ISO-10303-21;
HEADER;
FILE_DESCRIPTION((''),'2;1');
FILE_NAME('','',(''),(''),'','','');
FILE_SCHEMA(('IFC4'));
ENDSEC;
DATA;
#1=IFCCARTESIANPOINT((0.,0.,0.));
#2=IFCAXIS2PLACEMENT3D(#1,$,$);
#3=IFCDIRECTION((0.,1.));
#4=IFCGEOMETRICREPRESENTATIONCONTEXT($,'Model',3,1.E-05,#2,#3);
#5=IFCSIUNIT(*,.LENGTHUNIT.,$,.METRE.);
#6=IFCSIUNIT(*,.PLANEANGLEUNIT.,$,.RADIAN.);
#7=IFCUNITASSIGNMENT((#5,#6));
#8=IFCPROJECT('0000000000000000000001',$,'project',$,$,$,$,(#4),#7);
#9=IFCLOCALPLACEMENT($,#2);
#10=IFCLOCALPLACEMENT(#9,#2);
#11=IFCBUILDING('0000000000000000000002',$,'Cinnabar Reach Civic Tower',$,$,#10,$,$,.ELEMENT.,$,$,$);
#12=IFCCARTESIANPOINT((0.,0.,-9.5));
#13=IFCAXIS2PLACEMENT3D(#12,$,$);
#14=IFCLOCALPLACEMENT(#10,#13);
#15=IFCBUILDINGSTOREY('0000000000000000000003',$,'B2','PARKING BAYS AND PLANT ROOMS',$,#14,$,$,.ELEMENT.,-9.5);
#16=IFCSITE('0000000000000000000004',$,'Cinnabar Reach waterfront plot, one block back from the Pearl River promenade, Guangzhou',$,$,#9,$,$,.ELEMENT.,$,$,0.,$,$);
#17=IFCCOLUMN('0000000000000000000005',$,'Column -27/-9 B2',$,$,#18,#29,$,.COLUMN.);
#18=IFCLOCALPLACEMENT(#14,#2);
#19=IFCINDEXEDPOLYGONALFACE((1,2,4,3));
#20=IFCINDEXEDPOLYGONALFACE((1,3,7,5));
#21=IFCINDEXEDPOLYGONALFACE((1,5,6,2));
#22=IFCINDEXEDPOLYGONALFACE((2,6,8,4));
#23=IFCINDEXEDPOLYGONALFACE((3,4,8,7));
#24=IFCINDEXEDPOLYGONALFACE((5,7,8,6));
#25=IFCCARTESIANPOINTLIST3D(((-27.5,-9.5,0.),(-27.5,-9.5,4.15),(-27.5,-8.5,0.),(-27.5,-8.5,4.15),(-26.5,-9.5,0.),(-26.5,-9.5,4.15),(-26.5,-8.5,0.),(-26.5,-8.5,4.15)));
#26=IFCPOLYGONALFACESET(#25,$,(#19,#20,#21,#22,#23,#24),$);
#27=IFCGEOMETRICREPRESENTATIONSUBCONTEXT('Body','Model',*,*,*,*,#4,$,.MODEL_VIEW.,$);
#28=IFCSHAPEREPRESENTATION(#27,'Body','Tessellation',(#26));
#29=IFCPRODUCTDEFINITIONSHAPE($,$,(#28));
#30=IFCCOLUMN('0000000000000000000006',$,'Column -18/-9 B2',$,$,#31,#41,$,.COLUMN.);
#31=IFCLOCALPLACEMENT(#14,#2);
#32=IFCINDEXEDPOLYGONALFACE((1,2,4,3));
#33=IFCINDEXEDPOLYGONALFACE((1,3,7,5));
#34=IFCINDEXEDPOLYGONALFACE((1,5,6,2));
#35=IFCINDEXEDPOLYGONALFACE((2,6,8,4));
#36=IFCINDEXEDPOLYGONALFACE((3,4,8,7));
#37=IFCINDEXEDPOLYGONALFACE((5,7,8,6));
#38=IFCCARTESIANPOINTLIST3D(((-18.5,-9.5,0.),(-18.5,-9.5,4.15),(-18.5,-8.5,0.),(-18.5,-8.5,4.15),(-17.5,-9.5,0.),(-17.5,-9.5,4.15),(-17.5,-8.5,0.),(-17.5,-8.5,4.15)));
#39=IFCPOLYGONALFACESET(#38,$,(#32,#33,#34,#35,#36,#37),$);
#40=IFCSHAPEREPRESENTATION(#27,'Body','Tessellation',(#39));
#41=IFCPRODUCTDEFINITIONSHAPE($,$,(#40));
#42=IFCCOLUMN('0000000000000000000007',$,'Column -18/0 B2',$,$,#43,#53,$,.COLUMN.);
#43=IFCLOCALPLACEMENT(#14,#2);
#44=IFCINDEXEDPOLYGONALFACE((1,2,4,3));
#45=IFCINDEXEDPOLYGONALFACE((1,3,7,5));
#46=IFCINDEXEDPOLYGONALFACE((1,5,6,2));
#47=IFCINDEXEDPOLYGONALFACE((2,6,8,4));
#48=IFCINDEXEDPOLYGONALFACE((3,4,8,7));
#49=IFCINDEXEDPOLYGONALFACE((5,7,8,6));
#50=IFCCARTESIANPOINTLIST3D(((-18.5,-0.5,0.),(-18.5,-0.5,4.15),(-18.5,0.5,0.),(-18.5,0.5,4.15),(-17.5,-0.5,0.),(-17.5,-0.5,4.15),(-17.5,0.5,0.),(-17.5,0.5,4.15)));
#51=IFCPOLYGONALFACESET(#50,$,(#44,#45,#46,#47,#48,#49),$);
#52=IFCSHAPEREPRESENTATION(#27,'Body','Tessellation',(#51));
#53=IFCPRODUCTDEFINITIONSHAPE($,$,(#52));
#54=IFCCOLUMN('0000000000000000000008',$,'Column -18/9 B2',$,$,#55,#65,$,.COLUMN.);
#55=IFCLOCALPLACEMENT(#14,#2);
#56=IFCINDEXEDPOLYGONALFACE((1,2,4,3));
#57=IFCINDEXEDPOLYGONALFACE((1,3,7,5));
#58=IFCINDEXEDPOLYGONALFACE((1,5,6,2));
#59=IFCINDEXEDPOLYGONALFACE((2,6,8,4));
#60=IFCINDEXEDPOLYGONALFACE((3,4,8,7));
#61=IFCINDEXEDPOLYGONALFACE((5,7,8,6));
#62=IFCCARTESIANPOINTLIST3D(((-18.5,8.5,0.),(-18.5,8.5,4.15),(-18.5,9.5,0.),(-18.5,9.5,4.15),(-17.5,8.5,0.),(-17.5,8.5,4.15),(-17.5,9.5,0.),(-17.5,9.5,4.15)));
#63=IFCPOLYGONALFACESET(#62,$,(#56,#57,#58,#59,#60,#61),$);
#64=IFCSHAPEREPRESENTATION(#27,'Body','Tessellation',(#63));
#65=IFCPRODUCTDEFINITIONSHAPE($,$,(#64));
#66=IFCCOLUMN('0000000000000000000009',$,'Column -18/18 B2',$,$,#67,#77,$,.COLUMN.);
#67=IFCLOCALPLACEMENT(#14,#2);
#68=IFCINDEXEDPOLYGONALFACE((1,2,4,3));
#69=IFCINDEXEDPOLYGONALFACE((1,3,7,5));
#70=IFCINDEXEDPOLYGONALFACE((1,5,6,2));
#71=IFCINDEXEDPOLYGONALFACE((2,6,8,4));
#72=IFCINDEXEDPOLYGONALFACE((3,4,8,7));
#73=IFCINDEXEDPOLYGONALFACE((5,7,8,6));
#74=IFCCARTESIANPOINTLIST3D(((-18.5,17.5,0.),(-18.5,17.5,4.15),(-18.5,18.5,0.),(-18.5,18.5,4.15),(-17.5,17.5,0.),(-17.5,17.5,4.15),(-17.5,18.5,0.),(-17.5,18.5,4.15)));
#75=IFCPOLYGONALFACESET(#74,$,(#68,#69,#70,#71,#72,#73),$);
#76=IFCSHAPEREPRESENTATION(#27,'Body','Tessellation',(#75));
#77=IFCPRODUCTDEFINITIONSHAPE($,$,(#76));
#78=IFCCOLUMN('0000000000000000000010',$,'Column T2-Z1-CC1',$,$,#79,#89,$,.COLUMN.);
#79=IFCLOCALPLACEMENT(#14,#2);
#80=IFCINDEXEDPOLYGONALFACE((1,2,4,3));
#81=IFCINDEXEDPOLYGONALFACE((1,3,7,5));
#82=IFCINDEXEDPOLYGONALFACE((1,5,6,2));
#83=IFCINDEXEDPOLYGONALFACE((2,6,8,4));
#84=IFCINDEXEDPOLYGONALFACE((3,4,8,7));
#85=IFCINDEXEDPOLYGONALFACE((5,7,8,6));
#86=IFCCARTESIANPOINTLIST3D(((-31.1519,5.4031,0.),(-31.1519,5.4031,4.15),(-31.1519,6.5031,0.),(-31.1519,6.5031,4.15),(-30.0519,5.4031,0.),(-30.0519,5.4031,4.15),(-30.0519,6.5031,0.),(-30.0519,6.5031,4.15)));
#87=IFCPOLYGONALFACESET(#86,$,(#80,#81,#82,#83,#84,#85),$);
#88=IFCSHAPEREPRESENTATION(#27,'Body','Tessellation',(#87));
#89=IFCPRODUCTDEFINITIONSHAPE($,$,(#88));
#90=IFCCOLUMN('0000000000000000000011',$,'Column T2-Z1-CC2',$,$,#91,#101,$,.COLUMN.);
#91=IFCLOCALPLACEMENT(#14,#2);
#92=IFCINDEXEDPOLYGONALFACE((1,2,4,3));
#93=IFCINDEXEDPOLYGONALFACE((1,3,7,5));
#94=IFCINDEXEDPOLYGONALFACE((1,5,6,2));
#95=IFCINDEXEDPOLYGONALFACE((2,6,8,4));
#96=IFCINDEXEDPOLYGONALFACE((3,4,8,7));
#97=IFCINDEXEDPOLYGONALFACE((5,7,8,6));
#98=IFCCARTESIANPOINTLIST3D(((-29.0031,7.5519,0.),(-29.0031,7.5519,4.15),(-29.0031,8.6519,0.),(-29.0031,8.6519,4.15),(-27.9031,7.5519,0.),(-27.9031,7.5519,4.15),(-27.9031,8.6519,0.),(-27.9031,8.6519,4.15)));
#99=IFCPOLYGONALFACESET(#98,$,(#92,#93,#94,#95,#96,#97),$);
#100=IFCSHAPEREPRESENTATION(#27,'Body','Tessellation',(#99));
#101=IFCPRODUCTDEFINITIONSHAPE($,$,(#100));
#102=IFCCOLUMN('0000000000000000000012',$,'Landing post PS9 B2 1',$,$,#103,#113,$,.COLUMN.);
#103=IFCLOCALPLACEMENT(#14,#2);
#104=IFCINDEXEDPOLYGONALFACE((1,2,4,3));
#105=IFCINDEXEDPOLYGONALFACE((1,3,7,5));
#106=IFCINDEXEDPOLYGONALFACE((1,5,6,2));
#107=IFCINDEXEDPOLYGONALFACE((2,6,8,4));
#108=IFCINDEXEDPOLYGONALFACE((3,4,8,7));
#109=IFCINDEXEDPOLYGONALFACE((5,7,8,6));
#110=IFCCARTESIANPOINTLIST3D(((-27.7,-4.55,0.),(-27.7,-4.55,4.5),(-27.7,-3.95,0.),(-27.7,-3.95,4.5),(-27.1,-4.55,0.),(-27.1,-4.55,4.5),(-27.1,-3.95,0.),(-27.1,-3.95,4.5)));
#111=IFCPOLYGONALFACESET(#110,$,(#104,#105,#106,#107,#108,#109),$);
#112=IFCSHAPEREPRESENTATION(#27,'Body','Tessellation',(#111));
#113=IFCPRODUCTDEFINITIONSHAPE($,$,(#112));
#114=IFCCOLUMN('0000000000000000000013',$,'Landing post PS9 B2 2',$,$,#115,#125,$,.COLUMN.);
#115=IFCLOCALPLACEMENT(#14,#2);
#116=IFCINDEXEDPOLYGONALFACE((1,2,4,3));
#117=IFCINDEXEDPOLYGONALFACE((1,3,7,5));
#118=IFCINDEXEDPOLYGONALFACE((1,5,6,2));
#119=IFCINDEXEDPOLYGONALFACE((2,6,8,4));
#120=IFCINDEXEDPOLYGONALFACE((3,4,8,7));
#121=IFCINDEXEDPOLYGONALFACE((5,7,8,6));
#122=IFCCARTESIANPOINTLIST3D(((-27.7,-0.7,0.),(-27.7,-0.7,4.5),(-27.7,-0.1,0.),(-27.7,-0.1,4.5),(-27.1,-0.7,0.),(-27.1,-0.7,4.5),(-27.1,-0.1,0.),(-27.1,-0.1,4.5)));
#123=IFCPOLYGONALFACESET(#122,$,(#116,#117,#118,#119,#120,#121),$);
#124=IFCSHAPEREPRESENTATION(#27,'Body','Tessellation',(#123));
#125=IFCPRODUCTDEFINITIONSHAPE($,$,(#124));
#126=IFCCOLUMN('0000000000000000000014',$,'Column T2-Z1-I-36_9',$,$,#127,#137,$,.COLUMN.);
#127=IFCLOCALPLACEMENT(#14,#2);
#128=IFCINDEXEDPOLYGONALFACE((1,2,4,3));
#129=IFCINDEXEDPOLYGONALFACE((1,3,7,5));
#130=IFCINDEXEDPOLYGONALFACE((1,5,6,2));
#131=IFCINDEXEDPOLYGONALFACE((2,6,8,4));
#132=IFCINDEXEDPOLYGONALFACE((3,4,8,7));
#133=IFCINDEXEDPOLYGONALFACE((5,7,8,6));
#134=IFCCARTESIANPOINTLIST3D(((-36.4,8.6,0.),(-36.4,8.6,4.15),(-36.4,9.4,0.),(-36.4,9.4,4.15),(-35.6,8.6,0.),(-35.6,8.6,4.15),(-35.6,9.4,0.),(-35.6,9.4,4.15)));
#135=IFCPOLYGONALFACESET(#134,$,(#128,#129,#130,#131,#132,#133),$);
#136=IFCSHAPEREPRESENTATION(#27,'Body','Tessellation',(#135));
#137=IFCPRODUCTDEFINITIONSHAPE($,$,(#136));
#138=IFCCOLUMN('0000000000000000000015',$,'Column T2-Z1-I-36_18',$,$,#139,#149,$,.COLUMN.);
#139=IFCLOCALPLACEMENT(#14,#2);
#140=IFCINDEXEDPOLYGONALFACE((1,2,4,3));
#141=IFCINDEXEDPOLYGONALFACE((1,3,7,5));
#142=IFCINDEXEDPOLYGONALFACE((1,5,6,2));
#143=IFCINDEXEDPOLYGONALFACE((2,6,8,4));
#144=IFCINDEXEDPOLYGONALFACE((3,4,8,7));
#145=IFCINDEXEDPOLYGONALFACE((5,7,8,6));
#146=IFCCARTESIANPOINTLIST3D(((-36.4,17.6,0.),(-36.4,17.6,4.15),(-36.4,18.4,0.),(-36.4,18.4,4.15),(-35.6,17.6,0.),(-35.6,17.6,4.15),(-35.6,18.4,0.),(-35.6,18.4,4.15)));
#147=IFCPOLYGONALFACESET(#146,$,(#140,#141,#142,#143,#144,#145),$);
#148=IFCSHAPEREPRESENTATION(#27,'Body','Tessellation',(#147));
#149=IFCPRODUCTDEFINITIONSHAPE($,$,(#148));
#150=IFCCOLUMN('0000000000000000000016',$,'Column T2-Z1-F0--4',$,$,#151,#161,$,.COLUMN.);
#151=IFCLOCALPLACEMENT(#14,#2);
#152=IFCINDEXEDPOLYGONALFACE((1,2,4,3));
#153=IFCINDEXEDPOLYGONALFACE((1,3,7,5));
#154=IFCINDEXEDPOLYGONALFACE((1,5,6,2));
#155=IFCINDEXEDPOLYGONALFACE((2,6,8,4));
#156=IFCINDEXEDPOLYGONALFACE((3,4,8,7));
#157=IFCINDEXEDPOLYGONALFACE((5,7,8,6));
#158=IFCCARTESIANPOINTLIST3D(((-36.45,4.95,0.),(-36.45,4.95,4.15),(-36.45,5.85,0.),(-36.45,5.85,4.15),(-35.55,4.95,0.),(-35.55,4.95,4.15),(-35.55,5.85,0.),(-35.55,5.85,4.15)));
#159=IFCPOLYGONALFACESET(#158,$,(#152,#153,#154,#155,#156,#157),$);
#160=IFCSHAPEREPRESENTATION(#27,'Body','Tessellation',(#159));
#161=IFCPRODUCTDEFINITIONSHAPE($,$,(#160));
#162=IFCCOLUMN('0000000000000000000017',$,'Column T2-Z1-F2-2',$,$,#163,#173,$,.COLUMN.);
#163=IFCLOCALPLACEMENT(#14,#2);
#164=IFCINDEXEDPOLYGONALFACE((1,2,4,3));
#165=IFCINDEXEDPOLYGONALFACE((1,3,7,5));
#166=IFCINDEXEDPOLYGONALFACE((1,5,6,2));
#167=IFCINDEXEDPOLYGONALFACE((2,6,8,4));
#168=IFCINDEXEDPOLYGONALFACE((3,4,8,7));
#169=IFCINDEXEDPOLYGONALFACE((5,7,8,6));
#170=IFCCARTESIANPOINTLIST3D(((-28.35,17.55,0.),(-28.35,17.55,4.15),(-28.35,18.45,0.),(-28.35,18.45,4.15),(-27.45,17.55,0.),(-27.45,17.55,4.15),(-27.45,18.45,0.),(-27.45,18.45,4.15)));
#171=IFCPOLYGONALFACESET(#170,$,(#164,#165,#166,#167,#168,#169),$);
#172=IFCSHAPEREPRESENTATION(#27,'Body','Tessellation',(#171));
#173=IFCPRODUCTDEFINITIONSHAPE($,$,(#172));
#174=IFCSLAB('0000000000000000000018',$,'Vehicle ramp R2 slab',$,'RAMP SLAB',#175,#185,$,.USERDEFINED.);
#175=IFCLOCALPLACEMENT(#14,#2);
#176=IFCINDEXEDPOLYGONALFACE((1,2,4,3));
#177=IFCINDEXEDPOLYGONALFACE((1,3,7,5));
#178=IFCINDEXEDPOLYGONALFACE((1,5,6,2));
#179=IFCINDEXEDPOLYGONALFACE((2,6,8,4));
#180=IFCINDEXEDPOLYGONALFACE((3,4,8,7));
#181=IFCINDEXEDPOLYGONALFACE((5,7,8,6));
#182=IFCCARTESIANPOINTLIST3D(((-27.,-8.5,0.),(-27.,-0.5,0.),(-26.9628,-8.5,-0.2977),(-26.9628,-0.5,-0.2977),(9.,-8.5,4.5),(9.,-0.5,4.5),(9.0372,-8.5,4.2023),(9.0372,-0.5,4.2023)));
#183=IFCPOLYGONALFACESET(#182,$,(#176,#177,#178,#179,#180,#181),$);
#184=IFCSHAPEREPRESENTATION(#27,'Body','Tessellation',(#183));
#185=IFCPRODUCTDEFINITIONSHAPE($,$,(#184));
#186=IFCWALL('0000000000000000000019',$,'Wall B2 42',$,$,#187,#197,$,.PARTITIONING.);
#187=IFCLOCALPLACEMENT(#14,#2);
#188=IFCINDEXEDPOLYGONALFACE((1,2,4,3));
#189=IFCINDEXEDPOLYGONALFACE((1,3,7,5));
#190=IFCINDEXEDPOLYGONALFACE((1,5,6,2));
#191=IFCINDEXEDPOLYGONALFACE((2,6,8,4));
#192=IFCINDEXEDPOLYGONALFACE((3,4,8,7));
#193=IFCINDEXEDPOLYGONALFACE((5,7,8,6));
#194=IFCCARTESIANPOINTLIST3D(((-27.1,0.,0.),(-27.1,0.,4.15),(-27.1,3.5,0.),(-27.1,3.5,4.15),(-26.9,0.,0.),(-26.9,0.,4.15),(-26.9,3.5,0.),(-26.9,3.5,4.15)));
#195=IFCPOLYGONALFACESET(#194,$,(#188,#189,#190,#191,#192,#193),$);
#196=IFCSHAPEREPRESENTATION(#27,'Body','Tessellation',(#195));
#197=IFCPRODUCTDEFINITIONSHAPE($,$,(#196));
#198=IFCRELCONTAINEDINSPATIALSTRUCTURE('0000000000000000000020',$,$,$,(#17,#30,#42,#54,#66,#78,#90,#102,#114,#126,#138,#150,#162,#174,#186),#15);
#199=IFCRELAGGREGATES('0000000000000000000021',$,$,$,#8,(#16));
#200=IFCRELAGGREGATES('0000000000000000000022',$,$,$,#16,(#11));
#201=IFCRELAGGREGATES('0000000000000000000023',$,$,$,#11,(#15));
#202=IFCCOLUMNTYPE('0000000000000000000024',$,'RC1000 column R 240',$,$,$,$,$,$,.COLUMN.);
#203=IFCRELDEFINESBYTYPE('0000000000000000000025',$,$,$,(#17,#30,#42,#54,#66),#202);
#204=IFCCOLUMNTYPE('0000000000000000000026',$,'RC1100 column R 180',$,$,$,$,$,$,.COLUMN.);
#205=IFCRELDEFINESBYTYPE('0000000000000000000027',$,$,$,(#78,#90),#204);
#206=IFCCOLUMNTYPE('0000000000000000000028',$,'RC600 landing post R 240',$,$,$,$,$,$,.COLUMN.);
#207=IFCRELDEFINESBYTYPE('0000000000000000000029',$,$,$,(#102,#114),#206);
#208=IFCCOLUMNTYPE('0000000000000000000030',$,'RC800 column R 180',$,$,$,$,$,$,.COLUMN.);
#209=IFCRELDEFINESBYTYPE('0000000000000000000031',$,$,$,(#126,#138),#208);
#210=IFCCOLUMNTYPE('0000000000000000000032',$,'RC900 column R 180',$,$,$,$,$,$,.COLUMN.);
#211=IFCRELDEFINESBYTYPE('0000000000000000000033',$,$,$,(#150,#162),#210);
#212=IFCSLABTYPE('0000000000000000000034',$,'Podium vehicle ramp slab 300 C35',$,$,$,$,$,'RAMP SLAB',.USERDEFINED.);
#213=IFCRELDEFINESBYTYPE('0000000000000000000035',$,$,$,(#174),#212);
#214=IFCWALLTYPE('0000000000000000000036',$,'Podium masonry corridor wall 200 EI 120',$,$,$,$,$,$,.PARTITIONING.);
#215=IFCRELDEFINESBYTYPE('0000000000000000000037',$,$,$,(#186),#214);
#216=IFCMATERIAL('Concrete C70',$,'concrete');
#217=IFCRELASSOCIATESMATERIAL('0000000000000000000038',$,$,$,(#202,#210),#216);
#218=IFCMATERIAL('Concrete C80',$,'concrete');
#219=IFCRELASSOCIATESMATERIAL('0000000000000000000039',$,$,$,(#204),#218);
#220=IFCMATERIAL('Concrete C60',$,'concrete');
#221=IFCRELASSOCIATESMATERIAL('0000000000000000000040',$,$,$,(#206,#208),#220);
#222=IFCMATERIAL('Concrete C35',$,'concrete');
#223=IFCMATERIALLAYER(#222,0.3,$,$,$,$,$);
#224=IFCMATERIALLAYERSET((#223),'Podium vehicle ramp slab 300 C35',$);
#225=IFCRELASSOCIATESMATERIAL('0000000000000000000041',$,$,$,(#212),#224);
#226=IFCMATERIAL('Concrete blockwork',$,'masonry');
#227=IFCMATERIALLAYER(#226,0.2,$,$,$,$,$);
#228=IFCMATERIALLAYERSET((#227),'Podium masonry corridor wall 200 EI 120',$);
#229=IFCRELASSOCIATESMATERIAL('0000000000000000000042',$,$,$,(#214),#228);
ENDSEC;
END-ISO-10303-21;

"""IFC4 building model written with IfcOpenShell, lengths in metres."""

from ifc_helpers import new_model, si_unit, direction, frame, frame_2d, origin, origin_2d, place, context, subcontext, project, spatial, polyline, rectangle, outline, extrude, material, layer, layer_set, material_profile, profile_set, type_object, element, save


model = new_model("IFC4")

# Units and contexts
model_context = context("Model", 3, precision=1e-05, world=origin(), true_north=direction((0.0, 1.0)))
body_context = subcontext(model_context, "Body", "Model", "MODEL_VIEW")
ifc_project = project(units=[si_unit("LENGTHUNIT", "METRE"), si_unit("PLANEANGLEUNIT", "RADIAN")], contexts=[model_context])

# Site, building, storey
site_placement = place(None, origin())
site = spatial("IfcSite", under=ifc_project, at=site_placement, Name="Cinnabar Reach waterfront plot, one block back from the Pearl River promenade, Guangzhou", CompositionType="ELEMENT", RefElevation=0.0)
building_placement = place(site_placement, origin())
building = spatial("IfcBuilding", under=site, at=building_placement, Name="Cinnabar Reach Civic Tower", CompositionType="ELEMENT")
storey_placement = place(building_placement, frame((0.0, 0.0, -9.5)))
storey = spatial("IfcBuildingStorey", under=building, at=storey_placement, Name="B2", Description="PARKING BAYS AND PLANT ROOMS", CompositionType="ELEMENT", Elevation=-9.5)

# Columns
ifc_material_1 = material(Name="Concrete C70", Category="concrete")
ifc_material_profile_1 = material_profile(ifc_material_1, rectangle(XDim=1.0, YDim=1.0, at=origin_2d()), Name="RC1000")
ifc_profile_set_1 = profile_set([ifc_material_profile_1], Name="Concrete C70")
column_type_1 = type_object("IfcColumnType", Name="RC1000 column R 240", PredefinedType="COLUMN", material=ifc_profile_set_1)
for number, where, z_axis, x_axis, name in (
    (1, (-27.0, -9.0, 0.0), (0.0, 0.0, 1.0), (1.0, 0.0, 0.0), "Column -27/-9 B2"),
    (2, (-18.0, -9.0, 0.0), (0.0, 0.0, 1.0), (1.0, 0.0, 0.0), "Column -18/-9 B2"),
    (3, (-18.0, 0.0, 0.0), (0.0, 0.0, 1.0), (1.0, 0.0, 0.0), "Column -18/0 B2"),
    (4, (-18.0, 9.0, 0.0), (0.0, 0.0, 1.0), (1.0, 0.0, 0.0), "Column -18/9 B2"),
    (5, (-18.0, 18.0, 0.0), (0.0, 0.0, 1.0), (1.0, 0.0, 0.0), "Column -18/18 B2"),
):
    element("IfcColumn", number, at=place(storey_placement, frame(where, z_axis=z_axis, x_axis=x_axis)), inside=storey, type_object=column_type_1, Name=name, PredefinedType="COLUMN", context=body_context, shape_type="SweptSolid", body=[
        extrude(rectangle(XDim=1.0, YDim=1.0, at=origin_2d()), origin(), (0.0, 0.0, 1.0), 4.15),
    ])
ifc_material_2 = material(Name="Concrete C80", Category="concrete")
ifc_material_profile_2 = material_profile(ifc_material_2, rectangle(XDim=1.1, YDim=1.1, at=origin_2d()), Name="RC1100")
ifc_profile_set_2 = profile_set([ifc_material_profile_2], Name="Concrete C80")
column_type_2 = type_object("IfcColumnType", Name="RC1100 column R 180", PredefinedType="COLUMN", material=ifc_profile_set_2)
for number, where, z_axis, x_axis, name in (
    (6, (-30.6019, 5.9531, 0.0), (0.0, 0.0, 1.0), (1.0, 0.0, 0.0), "Column T2-Z1-CC1"),
    (7, (-28.4531, 8.1019, 0.0), (0.0, 0.0, 1.0), (1.0, 0.0, 0.0), "Column T2-Z1-CC2"),
):
    element("IfcColumn", number, at=place(storey_placement, frame(where, z_axis=z_axis, x_axis=x_axis)), inside=storey, type_object=column_type_2, Name=name, PredefinedType="COLUMN", context=body_context, shape_type="SweptSolid", body=[
        extrude(rectangle(XDim=1.1, YDim=1.1, at=origin_2d()), origin(), (0.0, 0.0, 1.0), 4.15),
    ])
ifc_material_3 = material(Name="Concrete C60", Category="concrete")
ifc_material_profile_3 = material_profile(ifc_material_3, rectangle(XDim=0.6, YDim=0.6, at=origin_2d()), Name="RC600")
ifc_profile_set_3 = profile_set([ifc_material_profile_3], Name="Concrete C60")
column_type_3 = type_object("IfcColumnType", Name="RC600 landing post R 240", PredefinedType="COLUMN", material=ifc_profile_set_3)
for number, where, z_axis, x_axis, name in (
    (8, (-27.4, -4.25, 0.0), (0.0, 0.0, 1.0), (1.0, 0.0, 0.0), "Landing post PS9 B2 1"),
    (9, (-27.4, -0.4, 0.0), (0.0, 0.0, 1.0), (1.0, 0.0, 0.0), "Landing post PS9 B2 2"),
):
    element("IfcColumn", number, at=place(storey_placement, frame(where, z_axis=z_axis, x_axis=x_axis)), inside=storey, type_object=column_type_3, Name=name, PredefinedType="COLUMN", context=body_context, shape_type="SweptSolid", body=[
        extrude(rectangle(XDim=0.6, YDim=0.6, at=origin_2d()), origin(), (0.0, 0.0, 1.0), 4.5),
    ])
ifc_material_profile_4 = material_profile(ifc_material_3, rectangle(XDim=0.8, YDim=0.8, at=origin_2d()), Name="RC800")
ifc_profile_set_4 = profile_set([ifc_material_profile_4], Name="Concrete C60")
column_type_4 = type_object("IfcColumnType", Name="RC800 column R 180", PredefinedType="COLUMN", material=ifc_profile_set_4)
for number, where, z_axis, x_axis, name in (
    (10, (-36.0, 9.0, 0.0), (0.0, 0.0, 1.0), (1.0, 0.0, 0.0), "Column T2-Z1-I-36_9"),
    (11, (-36.0, 18.0, 0.0), (0.0, 0.0, 1.0), (1.0, 0.0, 0.0), "Column T2-Z1-I-36_18"),
):
    element("IfcColumn", number, at=place(storey_placement, frame(where, z_axis=z_axis, x_axis=x_axis)), inside=storey, type_object=column_type_4, Name=name, PredefinedType="COLUMN", context=body_context, shape_type="SweptSolid", body=[
        extrude(rectangle(XDim=0.8, YDim=0.8, at=origin_2d()), origin(), (0.0, 0.0, 1.0), 4.15),
    ])
ifc_material_profile_5 = material_profile(ifc_material_1, rectangle(XDim=0.9, YDim=0.9, at=origin_2d()), Name="RC900")
ifc_profile_set_5 = profile_set([ifc_material_profile_5], Name="Concrete C70")
column_type_5 = type_object("IfcColumnType", Name="RC900 column R 180", PredefinedType="COLUMN", material=ifc_profile_set_5)
for number, where, z_axis, x_axis, name in (
    (12, (-36.0, 5.4, 0.0), (0.0, 0.0, 1.0), (1.0, 0.0, 0.0), "Column T2-Z1-F0--4"),
    (13, (-27.9, 18.0, 0.0), (0.0, 0.0, 1.0), (1.0, 0.0, 0.0), "Column T2-Z1-F2-2"),
):
    element("IfcColumn", number, at=place(storey_placement, frame(where, z_axis=z_axis, x_axis=x_axis)), inside=storey, type_object=column_type_5, Name=name, PredefinedType="COLUMN", context=body_context, shape_type="SweptSolid", body=[
        extrude(rectangle(XDim=0.9, YDim=0.9, at=origin_2d()), origin(), (0.0, 0.0, 1.0), 4.15),
    ])

# Slab
ifc_material_4 = material(Name="Concrete C35", Category="concrete")
ifc_layer_1 = layer(ifc_material_4, 0.3)
ifc_layer_set_1 = layer_set([ifc_layer_1], Name="Podium vehicle ramp slab 300 C35")
slab_type = type_object("IfcSlabType", Name="Podium vehicle ramp slab 300 C35", ElementType="RAMP SLAB", PredefinedType="USERDEFINED", material=ifc_layer_set_1)
slab_placement = place(storey_placement, frame((-27.0, -8.5, 0.0), z_axis=(-0.124035, 0.0, 0.992278), x_axis=(0.0, 1.0, 0.0)))
element("IfcSlab", 14, at=slab_placement, inside=storey, type_object=slab_type, Name="Vehicle ramp R2 slab", ObjectType="RAMP SLAB", PredefinedType="USERDEFINED", context=body_context, shape_type="SweptSolid", body=[
    extrude(outline(polyline([(0.0, 0.0), (8.0, 0.0), (8.0, -36.2802), (0.0, -36.2802), (0.0, 0.0)])), origin(), (0.0, 0.0, -1.0), 0.3),
])

# Wall
ifc_material_5 = material(Name="Concrete blockwork", Category="masonry")
ifc_layer_2 = layer(ifc_material_5, 0.2)
ifc_layer_set_2 = layer_set([ifc_layer_2], Name="Podium masonry corridor wall 200 EI 120")
wall_type_1 = type_object("IfcWallType", Name="Podium masonry corridor wall 200 EI 120", PredefinedType="PARTITIONING", material=ifc_layer_set_2)
wall_1_placement = place(storey_placement, frame((-27.0, 0.0, 0.0), z_axis=(0.0, 0.0, 1.0), x_axis=(0.0, 1.0, 0.0)))
element("IfcWall", 15, at=wall_1_placement, inside=storey, type_object=wall_type_1, Name="Wall B2 42", PredefinedType="PARTITIONING", context=body_context, shape_type="SweptSolid", body=[
    extrude(rectangle(XDim=3.5, YDim=0.2, at=frame_2d((1.75, 0.0))), origin(), (0.0, 0.0, 1.0), 4.15),
])

save(model, "model.ifc")
